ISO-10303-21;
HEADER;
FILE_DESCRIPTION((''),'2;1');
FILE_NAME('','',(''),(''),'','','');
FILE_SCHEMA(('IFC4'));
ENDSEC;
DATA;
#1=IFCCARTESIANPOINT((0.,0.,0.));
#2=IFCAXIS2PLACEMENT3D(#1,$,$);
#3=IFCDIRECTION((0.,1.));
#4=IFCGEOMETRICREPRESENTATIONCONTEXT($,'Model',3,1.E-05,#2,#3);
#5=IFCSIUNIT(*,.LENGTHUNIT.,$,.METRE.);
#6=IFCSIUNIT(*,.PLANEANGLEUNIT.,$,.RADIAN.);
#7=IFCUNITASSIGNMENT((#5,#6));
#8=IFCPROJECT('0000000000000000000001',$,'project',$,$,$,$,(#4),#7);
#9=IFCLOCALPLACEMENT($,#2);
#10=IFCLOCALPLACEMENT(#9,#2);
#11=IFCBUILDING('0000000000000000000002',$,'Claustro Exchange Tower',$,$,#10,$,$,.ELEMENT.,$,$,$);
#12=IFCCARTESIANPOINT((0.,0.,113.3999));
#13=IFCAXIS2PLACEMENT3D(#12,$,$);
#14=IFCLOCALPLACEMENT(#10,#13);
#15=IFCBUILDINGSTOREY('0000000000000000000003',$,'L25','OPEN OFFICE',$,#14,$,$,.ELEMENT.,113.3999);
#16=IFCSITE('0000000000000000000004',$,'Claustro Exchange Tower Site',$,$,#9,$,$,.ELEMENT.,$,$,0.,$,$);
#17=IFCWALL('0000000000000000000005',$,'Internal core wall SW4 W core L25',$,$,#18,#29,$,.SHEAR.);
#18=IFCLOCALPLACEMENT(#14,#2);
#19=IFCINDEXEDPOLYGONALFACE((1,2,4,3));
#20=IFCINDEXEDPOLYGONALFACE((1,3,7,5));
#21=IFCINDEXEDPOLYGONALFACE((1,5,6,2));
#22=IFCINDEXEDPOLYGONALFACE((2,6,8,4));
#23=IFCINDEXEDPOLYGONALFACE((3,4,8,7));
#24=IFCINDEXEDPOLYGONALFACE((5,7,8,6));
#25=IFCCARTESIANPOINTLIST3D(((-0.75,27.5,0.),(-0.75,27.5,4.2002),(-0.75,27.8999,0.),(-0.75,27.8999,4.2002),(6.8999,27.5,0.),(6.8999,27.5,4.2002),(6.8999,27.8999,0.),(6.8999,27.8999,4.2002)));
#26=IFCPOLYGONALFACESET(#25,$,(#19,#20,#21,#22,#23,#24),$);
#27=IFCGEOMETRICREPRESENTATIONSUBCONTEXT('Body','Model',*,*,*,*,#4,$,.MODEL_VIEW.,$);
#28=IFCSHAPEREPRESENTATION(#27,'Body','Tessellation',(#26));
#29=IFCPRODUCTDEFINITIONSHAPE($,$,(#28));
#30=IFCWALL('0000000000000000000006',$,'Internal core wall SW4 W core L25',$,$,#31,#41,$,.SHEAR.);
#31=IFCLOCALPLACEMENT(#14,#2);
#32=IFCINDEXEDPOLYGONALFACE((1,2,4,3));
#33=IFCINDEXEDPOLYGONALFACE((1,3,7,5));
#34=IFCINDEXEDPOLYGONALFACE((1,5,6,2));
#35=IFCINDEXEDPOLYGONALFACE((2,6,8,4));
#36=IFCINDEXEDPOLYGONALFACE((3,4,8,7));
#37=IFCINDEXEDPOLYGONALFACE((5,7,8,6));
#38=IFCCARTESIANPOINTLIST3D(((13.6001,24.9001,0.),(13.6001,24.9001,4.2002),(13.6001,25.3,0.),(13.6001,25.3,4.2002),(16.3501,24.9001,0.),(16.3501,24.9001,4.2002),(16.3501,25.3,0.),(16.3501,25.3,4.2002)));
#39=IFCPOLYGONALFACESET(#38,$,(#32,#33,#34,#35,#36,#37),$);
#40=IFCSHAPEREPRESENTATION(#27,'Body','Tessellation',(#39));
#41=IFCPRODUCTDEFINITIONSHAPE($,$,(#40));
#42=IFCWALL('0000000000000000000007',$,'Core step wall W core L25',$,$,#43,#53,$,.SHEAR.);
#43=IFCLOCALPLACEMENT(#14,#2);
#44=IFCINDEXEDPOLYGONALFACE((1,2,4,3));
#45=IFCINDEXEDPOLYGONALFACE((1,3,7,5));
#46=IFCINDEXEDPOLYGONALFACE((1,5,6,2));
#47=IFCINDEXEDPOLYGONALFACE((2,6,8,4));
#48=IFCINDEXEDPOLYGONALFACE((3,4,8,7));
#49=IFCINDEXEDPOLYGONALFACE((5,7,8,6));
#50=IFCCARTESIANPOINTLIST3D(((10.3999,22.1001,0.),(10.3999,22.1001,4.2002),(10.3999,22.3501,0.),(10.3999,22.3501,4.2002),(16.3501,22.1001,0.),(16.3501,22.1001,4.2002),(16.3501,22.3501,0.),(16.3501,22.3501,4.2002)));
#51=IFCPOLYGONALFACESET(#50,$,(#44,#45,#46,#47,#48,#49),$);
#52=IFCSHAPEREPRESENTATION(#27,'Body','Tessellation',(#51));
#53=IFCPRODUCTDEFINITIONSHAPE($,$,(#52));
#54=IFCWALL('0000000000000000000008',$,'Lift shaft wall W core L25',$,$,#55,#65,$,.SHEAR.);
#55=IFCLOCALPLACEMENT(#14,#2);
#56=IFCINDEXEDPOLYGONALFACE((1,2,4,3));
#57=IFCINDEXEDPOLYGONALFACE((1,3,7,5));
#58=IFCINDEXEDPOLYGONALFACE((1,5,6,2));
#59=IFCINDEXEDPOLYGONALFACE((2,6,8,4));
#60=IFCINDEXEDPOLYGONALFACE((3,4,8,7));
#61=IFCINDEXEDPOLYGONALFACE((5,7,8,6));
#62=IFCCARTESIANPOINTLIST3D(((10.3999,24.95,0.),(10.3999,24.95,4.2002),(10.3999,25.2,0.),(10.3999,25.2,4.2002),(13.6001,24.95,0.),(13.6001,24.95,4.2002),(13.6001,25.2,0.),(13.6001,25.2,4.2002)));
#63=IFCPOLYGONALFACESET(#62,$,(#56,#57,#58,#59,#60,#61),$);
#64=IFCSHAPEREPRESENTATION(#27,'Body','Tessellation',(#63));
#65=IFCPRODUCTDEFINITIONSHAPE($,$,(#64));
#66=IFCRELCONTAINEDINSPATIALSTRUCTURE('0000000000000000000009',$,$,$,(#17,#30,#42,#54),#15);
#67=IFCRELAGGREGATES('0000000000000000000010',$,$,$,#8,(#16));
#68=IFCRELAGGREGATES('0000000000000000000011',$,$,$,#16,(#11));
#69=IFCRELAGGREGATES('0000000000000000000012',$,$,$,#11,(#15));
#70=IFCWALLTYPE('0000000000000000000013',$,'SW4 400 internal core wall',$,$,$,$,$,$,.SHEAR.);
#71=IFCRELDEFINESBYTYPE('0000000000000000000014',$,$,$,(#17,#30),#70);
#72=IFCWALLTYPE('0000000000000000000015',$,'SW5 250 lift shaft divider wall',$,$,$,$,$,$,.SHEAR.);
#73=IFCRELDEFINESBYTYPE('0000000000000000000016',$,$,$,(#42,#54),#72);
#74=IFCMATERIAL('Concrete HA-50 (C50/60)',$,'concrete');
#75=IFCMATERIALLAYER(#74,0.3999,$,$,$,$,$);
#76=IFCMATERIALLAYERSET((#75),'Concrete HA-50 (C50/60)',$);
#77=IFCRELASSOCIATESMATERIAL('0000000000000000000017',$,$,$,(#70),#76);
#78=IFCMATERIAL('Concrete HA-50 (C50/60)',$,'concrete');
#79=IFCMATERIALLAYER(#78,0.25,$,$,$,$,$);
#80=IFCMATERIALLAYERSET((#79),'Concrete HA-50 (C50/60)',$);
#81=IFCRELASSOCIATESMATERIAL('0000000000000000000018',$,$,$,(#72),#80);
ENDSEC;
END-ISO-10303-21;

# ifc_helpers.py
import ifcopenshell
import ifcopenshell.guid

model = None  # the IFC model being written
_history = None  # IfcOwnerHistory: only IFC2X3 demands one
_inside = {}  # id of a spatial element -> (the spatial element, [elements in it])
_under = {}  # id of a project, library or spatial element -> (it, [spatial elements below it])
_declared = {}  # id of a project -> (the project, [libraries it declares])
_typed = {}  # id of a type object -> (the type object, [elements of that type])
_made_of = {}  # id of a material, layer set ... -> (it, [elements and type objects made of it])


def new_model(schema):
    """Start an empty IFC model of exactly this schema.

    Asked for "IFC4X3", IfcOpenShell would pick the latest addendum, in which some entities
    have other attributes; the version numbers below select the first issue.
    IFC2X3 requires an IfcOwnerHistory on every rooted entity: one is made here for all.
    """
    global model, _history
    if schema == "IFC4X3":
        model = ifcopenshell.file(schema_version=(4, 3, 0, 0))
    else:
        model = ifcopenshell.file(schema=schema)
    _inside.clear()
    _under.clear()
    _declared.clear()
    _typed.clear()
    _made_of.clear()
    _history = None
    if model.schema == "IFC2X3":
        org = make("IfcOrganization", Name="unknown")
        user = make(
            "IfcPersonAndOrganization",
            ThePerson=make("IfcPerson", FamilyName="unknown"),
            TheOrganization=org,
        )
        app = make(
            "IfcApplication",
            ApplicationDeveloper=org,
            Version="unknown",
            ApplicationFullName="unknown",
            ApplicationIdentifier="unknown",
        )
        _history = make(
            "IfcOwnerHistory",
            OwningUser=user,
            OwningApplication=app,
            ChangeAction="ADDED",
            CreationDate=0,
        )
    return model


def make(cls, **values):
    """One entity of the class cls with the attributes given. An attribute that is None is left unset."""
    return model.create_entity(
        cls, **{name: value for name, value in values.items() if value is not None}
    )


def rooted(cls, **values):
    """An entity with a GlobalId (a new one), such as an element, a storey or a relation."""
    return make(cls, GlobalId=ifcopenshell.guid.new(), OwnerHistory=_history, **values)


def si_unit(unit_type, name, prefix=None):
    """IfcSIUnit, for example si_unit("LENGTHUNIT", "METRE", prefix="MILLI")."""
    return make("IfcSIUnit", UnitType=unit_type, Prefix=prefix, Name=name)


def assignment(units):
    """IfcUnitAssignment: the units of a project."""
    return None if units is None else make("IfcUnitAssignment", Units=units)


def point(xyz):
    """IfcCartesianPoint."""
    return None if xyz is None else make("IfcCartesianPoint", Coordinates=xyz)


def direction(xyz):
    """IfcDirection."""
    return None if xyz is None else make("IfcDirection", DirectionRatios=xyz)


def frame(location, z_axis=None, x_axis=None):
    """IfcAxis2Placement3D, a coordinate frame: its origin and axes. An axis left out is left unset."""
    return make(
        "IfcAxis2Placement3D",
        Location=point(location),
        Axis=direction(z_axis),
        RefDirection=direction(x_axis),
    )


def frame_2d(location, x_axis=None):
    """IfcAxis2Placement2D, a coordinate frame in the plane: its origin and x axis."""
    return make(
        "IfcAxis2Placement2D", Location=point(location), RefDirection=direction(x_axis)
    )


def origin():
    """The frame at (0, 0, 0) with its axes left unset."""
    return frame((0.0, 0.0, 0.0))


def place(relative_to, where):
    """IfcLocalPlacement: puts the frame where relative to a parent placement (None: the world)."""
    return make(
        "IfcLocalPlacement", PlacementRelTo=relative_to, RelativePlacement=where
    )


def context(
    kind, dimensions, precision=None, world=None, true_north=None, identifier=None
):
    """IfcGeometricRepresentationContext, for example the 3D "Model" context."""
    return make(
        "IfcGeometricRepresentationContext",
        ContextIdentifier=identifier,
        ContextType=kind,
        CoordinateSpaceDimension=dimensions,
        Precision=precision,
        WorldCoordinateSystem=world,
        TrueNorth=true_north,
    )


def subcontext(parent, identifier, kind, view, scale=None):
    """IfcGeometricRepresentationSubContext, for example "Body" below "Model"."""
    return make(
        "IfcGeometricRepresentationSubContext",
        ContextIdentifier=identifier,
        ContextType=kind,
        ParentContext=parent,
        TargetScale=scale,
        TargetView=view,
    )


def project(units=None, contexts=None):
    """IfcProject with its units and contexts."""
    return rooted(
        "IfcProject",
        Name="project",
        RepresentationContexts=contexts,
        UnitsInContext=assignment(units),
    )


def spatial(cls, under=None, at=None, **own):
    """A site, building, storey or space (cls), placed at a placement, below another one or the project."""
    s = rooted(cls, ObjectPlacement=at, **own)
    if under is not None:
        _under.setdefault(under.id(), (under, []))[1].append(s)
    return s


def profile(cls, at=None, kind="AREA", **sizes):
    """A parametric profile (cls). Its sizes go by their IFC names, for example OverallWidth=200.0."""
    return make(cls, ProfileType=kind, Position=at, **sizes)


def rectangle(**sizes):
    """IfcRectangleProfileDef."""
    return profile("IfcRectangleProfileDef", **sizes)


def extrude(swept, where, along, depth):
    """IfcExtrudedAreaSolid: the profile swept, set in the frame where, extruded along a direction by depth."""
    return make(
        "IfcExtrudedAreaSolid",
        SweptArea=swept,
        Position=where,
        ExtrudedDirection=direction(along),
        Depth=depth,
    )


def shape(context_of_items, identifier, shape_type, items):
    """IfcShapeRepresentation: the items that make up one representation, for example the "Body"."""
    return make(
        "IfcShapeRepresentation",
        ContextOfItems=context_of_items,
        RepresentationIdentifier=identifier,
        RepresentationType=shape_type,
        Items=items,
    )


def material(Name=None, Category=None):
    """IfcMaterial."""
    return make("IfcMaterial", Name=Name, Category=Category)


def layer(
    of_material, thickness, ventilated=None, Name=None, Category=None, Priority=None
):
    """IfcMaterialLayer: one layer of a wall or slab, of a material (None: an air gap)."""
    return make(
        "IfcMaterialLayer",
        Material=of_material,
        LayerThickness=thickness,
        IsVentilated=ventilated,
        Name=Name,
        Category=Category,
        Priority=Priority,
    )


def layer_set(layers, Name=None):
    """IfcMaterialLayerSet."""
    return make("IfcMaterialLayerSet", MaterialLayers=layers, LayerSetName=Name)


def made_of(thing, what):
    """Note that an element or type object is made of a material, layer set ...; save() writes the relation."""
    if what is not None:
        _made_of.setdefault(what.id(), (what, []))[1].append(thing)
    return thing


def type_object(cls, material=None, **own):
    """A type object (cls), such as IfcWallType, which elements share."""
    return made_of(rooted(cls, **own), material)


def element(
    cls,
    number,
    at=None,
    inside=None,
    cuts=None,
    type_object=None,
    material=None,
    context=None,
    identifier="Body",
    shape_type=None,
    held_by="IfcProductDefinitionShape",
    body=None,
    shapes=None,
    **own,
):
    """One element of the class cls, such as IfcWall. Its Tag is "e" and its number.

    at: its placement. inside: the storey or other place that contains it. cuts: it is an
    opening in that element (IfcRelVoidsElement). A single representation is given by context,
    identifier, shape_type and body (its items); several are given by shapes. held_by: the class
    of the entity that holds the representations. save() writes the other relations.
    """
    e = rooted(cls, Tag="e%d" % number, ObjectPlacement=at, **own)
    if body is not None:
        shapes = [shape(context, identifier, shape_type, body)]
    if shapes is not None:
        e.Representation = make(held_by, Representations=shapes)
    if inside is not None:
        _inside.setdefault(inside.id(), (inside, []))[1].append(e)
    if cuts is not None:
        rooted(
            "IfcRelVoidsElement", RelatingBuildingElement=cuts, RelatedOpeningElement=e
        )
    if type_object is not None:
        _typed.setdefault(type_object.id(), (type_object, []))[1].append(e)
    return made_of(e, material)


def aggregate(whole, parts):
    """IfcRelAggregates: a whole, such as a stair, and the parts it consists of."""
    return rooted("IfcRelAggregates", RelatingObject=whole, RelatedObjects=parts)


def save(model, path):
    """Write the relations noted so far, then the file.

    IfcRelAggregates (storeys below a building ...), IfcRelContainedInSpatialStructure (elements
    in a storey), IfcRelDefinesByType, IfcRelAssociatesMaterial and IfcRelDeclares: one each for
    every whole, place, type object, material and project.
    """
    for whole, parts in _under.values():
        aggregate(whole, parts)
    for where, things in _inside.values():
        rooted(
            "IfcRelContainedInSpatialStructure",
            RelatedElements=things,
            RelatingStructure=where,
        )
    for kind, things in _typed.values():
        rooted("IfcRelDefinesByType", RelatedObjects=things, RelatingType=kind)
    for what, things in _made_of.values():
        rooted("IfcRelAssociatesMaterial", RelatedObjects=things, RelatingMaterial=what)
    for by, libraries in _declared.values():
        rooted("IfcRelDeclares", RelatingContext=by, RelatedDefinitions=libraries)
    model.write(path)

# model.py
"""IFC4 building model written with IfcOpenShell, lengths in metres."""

from ifc_helpers import new_model, si_unit, direction, frame, frame_2d, origin, place, context, subcontext, project, spatial, rectangle, extrude, material, layer, layer_set, type_object, element, save


model = new_model("IFC4")

# Units and contexts
model_context = context("Model", 3, precision=1e-05, world=origin(), true_north=direction((0.0, 1.0)))
body_context = subcontext(model_context, "Body", "Model", "MODEL_VIEW")
ifc_project = project(units=[si_unit("LENGTHUNIT", "METRE"), si_unit("PLANEANGLEUNIT", "RADIAN")], contexts=[model_context])

# Site, building, storey
site_placement = place(None, origin())
site = spatial("IfcSite", under=ifc_project, at=site_placement, Name="Claustro Exchange Tower Site", CompositionType="ELEMENT", RefElevation=0.0)
building_placement = place(site_placement, origin())
building = spatial("IfcBuilding", under=site, at=building_placement, Name="Claustro Exchange Tower", CompositionType="ELEMENT")
storey_placement = place(building_placement, frame((0.0, 0.0, 113.3999)))
storey = spatial("IfcBuildingStorey", under=building, at=storey_placement, Name="L25", Description="OPEN OFFICE", CompositionType="ELEMENT", Elevation=113.3999)

# Walls
ifc_material_1 = material(Name="Concrete HA-50 (C50/60)", Category="concrete")
ifc_layer_1 = layer(ifc_material_1, 0.3999)
ifc_layer_set_1 = layer_set([ifc_layer_1], Name="Concrete HA-50 (C50/60)")
wall_type_1 = type_object("IfcWallType", Name="SW4 400 internal core wall", PredefinedType="SHEAR", material=ifc_layer_set_1)
for number, where, z_axis, x_axis, name in (
    (1, (-0.75, 27.7, 0.0), (0.0, 0.0, 1.0), (1.0, 0.0, 0.0), "Internal core wall SW4 W core L25"),
):
    element("IfcWall", number, at=place(storey_placement, frame(where, z_axis=z_axis, x_axis=x_axis)), inside=storey, type_object=wall_type_1, Name=name, PredefinedType="SHEAR", context=body_context, shape_type="SweptSolid", body=[
        extrude(rectangle(XDim=7.6499, YDim=0.3999, at=frame_2d((3.825, 0.0))), origin(), (0.0, 0.0, 1.0), 4.2002),
    ])
wall_1_placement = place(storey_placement, frame((13.6001, 25.1001, 0.0), z_axis=(0.0, 0.0, 1.0), x_axis=(1.0, 0.0, 0.0)))
element("IfcWall", 2, at=wall_1_placement, inside=storey, type_object=wall_type_1, Name="Internal core wall SW4 W core L25", PredefinedType="SHEAR", context=body_context, shape_type="SweptSolid", body=[
    extrude(rectangle(XDim=2.75, YDim=0.3999, at=frame_2d((1.375, 0.0))), origin(), (0.0, 0.0, 1.0), 4.2002),
])
ifc_material_2 = material(Name="Concrete HA-50 (C50/60)", Category="concrete")
ifc_layer_2 = layer(ifc_material_2, 0.25)
ifc_layer_set_2 = layer_set([ifc_layer_2], Name="Concrete HA-50 (C50/60)")
wall_type_2 = type_object("IfcWallType", Name="SW5 250 lift shaft divider wall", PredefinedType="SHEAR", material=ifc_layer_set_2)
wall_2_placement = place(storey_placement, frame((10.3999, 22.2251, 0.0), z_axis=(0.0, 0.0, 1.0), x_axis=(1.0, 0.0, 0.0)))
element("IfcWall", 3, at=wall_2_placement, inside=storey, type_object=wall_type_2, Name="Core step wall W core L25", PredefinedType="SHEAR", context=body_context, shape_type="SweptSolid", body=[
    extrude(rectangle(XDim=5.9502, YDim=0.25, at=frame_2d((2.9751, 0.0))), origin(), (0.0, 0.0, 1.0), 4.2002),
])
wall_3_placement = place(storey_placement, frame((10.3999, 25.075, 0.0), z_axis=(0.0, 0.0, 1.0), x_axis=(1.0, 0.0, 0.0)))
element("IfcWall", 4, at=wall_3_placement, inside=storey, type_object=wall_type_2, Name="Lift shaft wall W core L25", PredefinedType="SHEAR", context=body_context, shape_type="SweptSolid", body=[
    extrude(rectangle(XDim=3.2002, YDim=0.25, at=frame_2d((1.6001, 0.0))), origin(), (0.0, 0.0, 1.0), 4.2002),
])

save(model, "model.ifc")
